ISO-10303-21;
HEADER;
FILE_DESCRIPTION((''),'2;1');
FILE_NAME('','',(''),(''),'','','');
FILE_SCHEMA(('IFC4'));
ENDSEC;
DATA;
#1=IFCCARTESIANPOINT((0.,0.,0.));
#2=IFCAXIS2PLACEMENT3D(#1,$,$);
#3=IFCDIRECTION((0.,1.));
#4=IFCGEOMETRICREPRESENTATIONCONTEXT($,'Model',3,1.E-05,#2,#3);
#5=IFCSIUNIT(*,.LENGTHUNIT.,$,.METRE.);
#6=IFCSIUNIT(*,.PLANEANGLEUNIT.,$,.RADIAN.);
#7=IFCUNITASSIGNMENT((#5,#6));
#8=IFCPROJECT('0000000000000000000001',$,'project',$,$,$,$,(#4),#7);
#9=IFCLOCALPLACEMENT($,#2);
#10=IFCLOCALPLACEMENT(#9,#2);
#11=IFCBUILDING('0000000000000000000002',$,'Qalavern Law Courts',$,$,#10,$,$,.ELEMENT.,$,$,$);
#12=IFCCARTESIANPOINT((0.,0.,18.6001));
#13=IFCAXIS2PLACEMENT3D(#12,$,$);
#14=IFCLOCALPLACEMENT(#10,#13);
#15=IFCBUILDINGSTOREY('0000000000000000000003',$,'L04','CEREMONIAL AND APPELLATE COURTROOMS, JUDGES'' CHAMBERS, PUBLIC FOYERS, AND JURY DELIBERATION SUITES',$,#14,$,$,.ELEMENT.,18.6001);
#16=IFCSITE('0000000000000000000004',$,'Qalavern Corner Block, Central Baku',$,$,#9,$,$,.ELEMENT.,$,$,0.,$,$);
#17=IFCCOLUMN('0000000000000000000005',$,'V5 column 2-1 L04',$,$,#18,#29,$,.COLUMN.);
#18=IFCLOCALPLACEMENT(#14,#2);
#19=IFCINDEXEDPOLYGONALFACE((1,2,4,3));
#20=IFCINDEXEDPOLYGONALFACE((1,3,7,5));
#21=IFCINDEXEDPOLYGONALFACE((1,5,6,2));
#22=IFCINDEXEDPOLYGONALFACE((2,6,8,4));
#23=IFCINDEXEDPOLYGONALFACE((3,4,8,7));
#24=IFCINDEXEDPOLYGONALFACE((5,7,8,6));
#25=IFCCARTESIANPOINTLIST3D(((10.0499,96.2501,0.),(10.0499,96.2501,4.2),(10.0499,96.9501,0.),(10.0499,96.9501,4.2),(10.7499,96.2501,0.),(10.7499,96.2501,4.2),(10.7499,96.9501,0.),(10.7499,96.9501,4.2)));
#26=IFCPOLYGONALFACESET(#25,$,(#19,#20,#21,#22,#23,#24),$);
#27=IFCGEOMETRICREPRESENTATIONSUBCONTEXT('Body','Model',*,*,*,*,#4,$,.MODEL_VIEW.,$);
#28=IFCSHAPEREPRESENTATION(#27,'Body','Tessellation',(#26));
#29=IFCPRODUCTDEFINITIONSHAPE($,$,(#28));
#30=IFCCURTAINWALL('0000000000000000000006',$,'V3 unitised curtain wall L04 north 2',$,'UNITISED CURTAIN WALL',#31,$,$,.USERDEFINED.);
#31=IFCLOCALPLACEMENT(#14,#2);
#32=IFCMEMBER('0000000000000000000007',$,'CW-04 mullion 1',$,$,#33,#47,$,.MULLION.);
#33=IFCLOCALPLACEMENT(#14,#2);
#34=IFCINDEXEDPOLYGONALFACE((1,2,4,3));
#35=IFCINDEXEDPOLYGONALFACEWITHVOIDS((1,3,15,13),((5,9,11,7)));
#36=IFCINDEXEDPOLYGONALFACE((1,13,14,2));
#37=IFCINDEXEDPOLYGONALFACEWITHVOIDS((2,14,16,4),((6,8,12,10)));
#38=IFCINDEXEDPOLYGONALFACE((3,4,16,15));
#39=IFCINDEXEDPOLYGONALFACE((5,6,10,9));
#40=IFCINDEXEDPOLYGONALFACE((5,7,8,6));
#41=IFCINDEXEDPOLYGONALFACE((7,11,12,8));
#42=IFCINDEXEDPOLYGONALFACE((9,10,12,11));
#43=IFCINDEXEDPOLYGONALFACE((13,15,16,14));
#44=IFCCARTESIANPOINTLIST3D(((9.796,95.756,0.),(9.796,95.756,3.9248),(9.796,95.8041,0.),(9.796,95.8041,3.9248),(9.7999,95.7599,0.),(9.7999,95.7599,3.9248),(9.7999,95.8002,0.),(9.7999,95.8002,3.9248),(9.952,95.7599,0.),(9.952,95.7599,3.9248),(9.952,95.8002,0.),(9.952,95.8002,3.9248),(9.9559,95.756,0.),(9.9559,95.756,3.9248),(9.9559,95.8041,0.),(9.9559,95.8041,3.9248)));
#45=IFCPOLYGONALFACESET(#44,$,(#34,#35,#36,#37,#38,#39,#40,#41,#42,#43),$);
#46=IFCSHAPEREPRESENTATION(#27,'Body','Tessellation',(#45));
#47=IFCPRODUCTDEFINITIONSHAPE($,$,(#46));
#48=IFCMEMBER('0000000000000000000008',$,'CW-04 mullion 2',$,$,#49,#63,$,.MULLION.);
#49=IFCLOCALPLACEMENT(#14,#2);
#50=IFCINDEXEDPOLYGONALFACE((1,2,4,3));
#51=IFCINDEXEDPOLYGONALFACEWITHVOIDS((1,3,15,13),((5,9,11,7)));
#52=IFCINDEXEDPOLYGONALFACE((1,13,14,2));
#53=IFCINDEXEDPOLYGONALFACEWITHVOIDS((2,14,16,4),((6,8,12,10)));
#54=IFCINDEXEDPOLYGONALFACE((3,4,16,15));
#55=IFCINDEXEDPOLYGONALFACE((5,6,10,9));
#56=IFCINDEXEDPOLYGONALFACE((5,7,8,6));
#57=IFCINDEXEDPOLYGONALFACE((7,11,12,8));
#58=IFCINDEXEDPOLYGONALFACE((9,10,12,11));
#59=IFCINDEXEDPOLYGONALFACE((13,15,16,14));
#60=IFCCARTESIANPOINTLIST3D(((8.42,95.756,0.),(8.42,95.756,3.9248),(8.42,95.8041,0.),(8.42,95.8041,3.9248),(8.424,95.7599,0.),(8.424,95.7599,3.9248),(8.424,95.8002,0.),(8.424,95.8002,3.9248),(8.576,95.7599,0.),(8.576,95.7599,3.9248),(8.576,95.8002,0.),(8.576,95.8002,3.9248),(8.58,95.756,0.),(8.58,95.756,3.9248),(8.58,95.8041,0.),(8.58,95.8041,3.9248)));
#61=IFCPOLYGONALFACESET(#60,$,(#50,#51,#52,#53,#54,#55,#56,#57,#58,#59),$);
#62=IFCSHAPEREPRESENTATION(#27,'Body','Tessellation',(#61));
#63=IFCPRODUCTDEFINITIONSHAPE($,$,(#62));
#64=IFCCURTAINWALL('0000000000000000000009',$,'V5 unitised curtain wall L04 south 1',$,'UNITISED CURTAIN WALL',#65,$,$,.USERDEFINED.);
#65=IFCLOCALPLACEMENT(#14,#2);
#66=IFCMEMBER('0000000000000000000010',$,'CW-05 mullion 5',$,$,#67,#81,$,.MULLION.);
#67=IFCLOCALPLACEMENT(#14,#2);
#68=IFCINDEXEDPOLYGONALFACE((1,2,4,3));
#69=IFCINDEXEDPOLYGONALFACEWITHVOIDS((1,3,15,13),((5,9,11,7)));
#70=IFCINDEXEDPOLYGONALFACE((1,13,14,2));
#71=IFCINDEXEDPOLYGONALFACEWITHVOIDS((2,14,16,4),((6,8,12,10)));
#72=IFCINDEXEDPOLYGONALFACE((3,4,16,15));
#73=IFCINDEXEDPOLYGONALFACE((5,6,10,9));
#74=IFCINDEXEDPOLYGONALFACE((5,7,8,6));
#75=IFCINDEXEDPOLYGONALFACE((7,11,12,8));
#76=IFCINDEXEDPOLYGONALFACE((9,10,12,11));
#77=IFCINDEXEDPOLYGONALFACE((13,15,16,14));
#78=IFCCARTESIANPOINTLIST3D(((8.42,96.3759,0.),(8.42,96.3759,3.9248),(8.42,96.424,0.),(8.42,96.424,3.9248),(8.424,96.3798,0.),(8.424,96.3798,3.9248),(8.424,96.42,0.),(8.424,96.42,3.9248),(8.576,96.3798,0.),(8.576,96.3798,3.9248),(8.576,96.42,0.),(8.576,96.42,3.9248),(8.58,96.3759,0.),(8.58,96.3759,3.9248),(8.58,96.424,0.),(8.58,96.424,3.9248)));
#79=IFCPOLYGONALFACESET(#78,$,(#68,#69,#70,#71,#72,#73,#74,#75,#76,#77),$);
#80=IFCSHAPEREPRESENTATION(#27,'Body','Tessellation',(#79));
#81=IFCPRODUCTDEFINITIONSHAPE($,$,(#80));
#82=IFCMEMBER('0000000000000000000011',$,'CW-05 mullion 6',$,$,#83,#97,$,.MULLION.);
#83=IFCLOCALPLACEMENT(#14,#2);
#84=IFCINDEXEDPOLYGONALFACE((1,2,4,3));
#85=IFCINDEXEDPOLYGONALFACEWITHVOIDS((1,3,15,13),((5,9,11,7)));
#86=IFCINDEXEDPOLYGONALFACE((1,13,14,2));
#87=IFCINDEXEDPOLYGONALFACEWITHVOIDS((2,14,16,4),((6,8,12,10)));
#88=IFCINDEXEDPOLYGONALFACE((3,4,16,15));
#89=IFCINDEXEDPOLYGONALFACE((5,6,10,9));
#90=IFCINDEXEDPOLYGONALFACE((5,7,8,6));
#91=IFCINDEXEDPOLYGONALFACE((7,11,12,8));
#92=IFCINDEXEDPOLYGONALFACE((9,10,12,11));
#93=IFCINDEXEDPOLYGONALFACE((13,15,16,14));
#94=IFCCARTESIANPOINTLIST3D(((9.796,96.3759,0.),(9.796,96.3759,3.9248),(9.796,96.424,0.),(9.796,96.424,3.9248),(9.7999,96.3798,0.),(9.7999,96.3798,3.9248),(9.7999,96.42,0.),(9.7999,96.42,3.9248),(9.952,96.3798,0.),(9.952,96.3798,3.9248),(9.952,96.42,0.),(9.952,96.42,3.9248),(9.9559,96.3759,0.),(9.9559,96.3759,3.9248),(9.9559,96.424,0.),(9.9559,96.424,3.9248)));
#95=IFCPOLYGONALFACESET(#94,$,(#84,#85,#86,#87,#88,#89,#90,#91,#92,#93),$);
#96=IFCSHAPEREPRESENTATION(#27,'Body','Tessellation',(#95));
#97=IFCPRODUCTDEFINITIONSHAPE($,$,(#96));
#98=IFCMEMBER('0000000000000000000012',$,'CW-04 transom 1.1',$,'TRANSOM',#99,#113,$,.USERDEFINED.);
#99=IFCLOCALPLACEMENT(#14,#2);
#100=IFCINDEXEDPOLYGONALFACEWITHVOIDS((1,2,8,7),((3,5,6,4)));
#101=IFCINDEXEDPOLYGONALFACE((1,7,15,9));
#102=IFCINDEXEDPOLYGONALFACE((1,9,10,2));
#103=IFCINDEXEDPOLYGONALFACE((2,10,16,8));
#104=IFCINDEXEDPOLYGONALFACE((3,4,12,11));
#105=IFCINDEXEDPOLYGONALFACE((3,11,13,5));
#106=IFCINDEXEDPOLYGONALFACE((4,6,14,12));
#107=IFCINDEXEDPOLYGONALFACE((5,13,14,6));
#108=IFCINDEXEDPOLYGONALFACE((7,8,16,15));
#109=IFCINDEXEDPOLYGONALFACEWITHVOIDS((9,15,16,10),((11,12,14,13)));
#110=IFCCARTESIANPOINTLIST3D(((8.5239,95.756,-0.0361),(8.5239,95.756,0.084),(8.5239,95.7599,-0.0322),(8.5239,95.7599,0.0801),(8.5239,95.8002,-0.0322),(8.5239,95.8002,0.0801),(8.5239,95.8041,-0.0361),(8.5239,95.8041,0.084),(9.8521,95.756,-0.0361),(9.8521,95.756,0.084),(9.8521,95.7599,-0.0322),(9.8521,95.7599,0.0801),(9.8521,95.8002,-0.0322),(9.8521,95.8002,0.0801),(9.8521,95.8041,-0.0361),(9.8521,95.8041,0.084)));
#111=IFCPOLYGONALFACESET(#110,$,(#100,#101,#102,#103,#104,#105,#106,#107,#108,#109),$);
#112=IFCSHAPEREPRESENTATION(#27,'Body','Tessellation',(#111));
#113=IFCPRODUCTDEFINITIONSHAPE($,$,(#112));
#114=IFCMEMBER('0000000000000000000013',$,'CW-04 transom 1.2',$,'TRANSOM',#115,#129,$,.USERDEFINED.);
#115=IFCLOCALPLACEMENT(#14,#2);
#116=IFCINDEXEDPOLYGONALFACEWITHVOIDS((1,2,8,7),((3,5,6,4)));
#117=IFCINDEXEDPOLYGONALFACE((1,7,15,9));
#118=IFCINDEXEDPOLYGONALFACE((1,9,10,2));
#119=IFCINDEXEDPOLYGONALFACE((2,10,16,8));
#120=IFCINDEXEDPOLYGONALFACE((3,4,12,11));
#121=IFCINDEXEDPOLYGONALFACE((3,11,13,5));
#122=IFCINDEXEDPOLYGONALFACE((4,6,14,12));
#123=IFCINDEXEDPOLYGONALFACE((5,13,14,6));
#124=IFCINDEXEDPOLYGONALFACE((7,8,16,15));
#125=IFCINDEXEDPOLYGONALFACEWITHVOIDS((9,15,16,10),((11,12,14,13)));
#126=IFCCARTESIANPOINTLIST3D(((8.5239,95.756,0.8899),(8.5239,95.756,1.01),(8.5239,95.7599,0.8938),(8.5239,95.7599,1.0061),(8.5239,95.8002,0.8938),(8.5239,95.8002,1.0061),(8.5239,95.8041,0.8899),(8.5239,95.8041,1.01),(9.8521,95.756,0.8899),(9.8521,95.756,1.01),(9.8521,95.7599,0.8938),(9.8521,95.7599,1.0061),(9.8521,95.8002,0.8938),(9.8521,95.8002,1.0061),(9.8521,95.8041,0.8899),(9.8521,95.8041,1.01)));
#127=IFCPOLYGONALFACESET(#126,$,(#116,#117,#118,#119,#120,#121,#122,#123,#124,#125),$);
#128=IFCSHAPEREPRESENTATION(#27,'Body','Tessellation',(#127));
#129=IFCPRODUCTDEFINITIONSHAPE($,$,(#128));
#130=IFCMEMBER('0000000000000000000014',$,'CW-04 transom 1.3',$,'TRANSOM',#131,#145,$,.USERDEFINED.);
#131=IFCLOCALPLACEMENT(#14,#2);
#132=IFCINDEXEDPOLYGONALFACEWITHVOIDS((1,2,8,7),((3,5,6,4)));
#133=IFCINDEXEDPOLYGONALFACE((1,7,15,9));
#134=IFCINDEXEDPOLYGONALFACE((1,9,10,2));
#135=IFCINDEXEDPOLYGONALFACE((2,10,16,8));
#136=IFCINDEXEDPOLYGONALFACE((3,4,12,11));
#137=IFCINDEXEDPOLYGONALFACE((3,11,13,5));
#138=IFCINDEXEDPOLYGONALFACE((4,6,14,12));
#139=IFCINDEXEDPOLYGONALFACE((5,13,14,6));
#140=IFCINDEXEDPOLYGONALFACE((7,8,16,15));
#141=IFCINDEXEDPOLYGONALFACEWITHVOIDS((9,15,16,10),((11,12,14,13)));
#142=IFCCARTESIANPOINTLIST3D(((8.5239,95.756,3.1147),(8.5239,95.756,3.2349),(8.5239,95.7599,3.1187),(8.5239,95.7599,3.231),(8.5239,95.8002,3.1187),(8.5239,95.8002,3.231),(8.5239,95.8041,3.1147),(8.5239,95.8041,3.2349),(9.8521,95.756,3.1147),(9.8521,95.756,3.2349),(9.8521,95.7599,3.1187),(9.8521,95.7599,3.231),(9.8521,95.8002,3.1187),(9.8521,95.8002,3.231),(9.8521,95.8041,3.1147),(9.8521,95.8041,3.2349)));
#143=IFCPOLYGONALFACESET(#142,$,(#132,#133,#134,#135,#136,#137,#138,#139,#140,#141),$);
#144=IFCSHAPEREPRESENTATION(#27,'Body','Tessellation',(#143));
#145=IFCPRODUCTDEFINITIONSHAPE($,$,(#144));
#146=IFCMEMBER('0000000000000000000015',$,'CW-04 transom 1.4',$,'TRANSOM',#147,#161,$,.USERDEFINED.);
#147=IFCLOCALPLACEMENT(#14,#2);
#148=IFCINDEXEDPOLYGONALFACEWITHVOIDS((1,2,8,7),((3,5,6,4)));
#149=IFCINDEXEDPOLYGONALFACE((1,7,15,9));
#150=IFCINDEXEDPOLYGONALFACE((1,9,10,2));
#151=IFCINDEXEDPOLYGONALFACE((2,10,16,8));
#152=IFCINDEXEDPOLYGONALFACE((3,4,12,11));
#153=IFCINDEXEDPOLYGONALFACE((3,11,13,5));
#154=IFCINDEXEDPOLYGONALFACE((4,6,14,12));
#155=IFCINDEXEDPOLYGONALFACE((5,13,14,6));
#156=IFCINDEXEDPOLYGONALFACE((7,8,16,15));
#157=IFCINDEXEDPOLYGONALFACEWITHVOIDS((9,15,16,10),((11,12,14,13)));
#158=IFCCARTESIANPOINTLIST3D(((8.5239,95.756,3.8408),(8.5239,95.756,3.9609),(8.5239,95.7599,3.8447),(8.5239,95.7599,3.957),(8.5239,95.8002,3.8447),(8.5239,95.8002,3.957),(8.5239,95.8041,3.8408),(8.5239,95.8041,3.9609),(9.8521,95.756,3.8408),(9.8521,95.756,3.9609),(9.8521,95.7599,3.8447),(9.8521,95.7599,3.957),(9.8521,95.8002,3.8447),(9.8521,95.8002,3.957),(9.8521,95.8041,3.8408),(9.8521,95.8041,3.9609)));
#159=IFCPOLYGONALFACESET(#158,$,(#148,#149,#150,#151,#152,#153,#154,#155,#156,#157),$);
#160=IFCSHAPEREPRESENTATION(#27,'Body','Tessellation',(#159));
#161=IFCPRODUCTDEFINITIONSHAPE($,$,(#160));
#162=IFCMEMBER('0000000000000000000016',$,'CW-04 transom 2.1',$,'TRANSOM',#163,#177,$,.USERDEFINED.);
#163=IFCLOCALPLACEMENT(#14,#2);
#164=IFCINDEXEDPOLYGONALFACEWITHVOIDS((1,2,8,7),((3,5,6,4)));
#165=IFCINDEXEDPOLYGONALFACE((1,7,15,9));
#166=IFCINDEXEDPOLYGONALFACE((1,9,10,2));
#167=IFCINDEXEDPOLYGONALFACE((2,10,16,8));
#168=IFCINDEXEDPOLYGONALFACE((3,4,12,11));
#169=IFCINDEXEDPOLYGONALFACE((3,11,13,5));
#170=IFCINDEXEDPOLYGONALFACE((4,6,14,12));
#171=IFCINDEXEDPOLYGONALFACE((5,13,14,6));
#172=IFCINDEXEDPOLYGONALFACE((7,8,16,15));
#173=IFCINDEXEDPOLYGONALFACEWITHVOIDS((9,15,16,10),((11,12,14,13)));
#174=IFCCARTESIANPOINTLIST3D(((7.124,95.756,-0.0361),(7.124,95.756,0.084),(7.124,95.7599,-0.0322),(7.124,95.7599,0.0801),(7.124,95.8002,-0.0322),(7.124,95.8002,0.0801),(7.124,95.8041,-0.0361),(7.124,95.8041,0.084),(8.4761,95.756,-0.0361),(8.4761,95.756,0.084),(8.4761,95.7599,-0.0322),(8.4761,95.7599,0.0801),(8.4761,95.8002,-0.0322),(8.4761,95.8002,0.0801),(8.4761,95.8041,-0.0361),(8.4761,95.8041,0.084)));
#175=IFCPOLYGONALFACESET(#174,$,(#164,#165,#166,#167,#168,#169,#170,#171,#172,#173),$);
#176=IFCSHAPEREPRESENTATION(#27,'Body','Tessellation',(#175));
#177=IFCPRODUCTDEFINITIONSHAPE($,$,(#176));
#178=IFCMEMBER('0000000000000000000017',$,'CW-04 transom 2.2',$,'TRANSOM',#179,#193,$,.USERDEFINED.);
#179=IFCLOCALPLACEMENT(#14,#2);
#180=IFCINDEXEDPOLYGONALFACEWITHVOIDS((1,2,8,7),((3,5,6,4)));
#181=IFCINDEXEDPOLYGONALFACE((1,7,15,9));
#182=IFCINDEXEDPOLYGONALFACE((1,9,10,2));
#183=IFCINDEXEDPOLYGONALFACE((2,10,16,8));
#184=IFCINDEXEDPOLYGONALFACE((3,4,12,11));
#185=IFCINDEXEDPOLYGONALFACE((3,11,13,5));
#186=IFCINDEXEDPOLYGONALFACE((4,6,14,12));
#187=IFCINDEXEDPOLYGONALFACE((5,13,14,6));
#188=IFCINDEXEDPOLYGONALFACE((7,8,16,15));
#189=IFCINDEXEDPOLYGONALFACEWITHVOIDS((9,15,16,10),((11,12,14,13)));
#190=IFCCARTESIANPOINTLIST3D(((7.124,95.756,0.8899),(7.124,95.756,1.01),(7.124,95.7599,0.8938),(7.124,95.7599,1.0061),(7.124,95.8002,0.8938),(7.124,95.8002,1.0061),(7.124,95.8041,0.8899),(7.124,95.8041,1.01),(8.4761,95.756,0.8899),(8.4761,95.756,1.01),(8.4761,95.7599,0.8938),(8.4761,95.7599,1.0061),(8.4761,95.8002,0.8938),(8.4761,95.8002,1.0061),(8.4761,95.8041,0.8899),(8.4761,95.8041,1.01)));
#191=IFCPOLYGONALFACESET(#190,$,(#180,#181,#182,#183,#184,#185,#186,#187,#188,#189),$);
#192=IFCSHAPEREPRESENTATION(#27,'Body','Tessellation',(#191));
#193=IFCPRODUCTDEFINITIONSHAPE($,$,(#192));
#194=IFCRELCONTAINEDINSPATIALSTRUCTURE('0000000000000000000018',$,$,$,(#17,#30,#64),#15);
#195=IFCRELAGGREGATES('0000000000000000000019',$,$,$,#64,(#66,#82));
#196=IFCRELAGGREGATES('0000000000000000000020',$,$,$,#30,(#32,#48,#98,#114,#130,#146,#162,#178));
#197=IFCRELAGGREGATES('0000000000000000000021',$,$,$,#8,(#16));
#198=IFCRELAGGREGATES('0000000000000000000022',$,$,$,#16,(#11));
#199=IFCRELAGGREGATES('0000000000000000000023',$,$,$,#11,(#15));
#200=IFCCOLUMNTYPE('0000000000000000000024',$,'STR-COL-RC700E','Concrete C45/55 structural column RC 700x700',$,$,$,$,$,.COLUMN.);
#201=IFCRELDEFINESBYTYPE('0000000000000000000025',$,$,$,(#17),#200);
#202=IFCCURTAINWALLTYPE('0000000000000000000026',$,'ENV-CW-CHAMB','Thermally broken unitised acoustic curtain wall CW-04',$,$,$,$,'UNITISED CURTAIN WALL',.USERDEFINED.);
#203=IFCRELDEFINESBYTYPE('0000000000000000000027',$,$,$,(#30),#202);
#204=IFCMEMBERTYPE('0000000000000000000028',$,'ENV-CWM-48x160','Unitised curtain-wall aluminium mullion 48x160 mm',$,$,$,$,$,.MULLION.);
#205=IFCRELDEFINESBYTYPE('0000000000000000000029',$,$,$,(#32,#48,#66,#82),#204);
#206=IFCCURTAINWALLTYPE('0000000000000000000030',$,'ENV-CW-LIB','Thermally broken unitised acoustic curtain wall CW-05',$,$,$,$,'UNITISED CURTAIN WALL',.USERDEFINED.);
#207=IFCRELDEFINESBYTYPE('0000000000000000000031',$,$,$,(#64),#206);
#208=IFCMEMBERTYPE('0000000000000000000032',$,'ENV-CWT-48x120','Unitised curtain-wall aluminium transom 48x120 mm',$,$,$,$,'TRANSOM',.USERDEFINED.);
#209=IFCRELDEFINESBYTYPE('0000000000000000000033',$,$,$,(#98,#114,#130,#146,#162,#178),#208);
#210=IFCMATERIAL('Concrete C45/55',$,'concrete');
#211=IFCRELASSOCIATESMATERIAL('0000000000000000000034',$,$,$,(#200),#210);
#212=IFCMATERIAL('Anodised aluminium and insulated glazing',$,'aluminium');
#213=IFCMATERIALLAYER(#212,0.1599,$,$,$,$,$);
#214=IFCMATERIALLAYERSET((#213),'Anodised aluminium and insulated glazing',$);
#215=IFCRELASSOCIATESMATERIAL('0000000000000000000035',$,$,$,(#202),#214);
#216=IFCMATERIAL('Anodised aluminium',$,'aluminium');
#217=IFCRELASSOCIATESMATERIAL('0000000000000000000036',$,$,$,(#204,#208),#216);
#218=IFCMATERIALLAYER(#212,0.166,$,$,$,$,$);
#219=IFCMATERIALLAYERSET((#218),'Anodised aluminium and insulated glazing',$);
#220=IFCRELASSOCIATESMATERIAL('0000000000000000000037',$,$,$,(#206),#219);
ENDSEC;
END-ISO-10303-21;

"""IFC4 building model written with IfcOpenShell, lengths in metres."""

from ifc_helpers import new_model, si_unit, direction, frame, origin, origin_2d, place, context, subcontext, project, spatial, rectangle, hollow_rectangle, extrude, material, layer, layer_set, material_profile, profile_set, type_object, element, aggregate, save


model = new_model("IFC4")

# Units and contexts
model_context = context("Model", 3, precision=1e-05, world=origin(), true_north=direction((0.0, 1.0)))
body_context = subcontext(model_context, "Body", "Model", "MODEL_VIEW")
ifc_project = project(units=[si_unit("LENGTHUNIT", "METRE"), si_unit("PLANEANGLEUNIT", "RADIAN")], contexts=[model_context])

# Site, building, storey
site_placement = place(None, origin())
site = spatial("IfcSite", under=ifc_project, at=site_placement, Name="Qalavern Corner Block, Central Baku", CompositionType="ELEMENT", RefElevation=0.0)
building_placement = place(site_placement, origin())
building = spatial("IfcBuilding", under=site, at=building_placement, Name="Qalavern Law Courts", CompositionType="ELEMENT")
storey_placement = place(building_placement, frame((0.0, 0.0, 18.6001)))
storey = spatial("IfcBuildingStorey", under=building, at=storey_placement, Name="L04", Description="CEREMONIAL AND APPELLATE COURTROOMS, JUDGES' CHAMBERS, PUBLIC FOYERS, AND JURY DELIBERATION SUITES", CompositionType="ELEMENT", Elevation=18.6001)

# Column
ifc_material_1 = material(Name="Concrete C45/55", Category="concrete")
ifc_material_profile_1 = material_profile(ifc_material_1, rectangle(XDim=0.7, YDim=0.7, at=origin_2d()), Name="RC 700x700")
ifc_profile_set_1 = profile_set([ifc_material_profile_1], Name="Concrete C45/55")
column_type = type_object("IfcColumnType", Name="STR-COL-RC700E", Description="Concrete C45/55 structural column RC 700x700", PredefinedType="COLUMN", material=ifc_profile_set_1)
column_placement = place(storey_placement, frame((10.3999, 96.6001, 0.0), z_axis=(0.0, 0.0, 1.0), x_axis=(1.0, 0.0, 0.0)))
element("IfcColumn", 1, at=column_placement, inside=storey, type_object=column_type, Name="V5 column 2-1 L04", PredefinedType="COLUMN", context=body_context, shape_type="SweptSolid", body=[
    extrude(rectangle(XDim=0.7, YDim=0.7, at=origin_2d()), origin(), (0.0, 0.0, 1.0), 4.2),
])

# Curtain walls, members
ifc_material_2 = material(Name="Anodised aluminium and insulated glazing", Category="aluminium")
ifc_layer_1 = layer(ifc_material_2, 0.1599)
ifc_layer_set_1 = layer_set([ifc_layer_1], Name="Anodised aluminium and insulated glazing")
curtain_wall_type_1 = type_object("IfcCurtainWallType", Name="ENV-CW-CHAMB", Description="Thermally broken unitised acoustic curtain wall CW-04", ElementType="UNITISED CURTAIN WALL", PredefinedType="USERDEFINED", material=ifc_layer_set_1)
curtain_wall_1_placement = place(storey_placement, origin())
curtain_wall_1 = element("IfcCurtainWall", 2, at=curtain_wall_1_placement, inside=storey, type_object=curtain_wall_type_1, Name="V3 unitised curtain wall L04 north 2", ObjectType="UNITISED CURTAIN WALL", PredefinedType="USERDEFINED")
ifc_material_3 = material(Name="Anodised aluminium", Category="aluminium")
ifc_material_profile_2 = material_profile(ifc_material_3, hollow_rectangle(XDim=0.0481, YDim=0.1599, WallThickness=0.0039, at=origin_2d()), Name="ALU MULLION 48x160")
ifc_profile_set_2 = profile_set([ifc_material_profile_2], Name="Anodised aluminium")
member_type_1 = type_object("IfcMemberType", Name="ENV-CWM-48x160", Description="Unitised curtain-wall aluminium mullion 48x160 mm", PredefinedType="MULLION", material=ifc_profile_set_2)
member_1_placement = place(storey_placement, frame((9.876, 95.78, 0.0), z_axis=(0.0, 0.0, 1.0), x_axis=(0.0, -1.0, 0.0)))
member_1 = element("IfcMember", 3, at=member_1_placement, type_object=member_type_1, Name="CW-04 mullion 1", PredefinedType="MULLION", context=body_context, shape_type="SweptSolid", body=[
    extrude(hollow_rectangle(XDim=0.0481, YDim=0.1599, WallThickness=0.0039, at=origin_2d()), origin(), (0.0, 0.0, 1.0), 3.9248),
])
member_2_placement = place(storey_placement, frame((8.5, 95.78, 0.0), z_axis=(0.0, 0.0, 1.0), x_axis=(0.0, -1.0, 0.0)))
member_2 = element("IfcMember", 4, at=member_2_placement, type_object=member_type_1, Name="CW-04 mullion 2", PredefinedType="MULLION", context=body_context, shape_type="SweptSolid", body=[
    extrude(hollow_rectangle(XDim=0.0481, YDim=0.1599, WallThickness=0.0039, at=origin_2d()), origin(), (0.0, 0.0, 1.0), 3.9248),
])
ifc_layer_2 = layer(ifc_material_2, 0.166)
ifc_layer_set_2 = layer_set([ifc_layer_2], Name="Anodised aluminium and insulated glazing")
curtain_wall_type_2 = type_object("IfcCurtainWallType", Name="ENV-CW-LIB", Description="Thermally broken unitised acoustic curtain wall CW-05", ElementType="UNITISED CURTAIN WALL", PredefinedType="USERDEFINED", material=ifc_layer_set_2)
curtain_wall_2_placement = place(storey_placement, origin())
curtain_wall_2 = element("IfcCurtainWall", 5, at=curtain_wall_2_placement, inside=storey, type_object=curtain_wall_type_2, Name="V5 unitised curtain wall L04 south 1", ObjectType="UNITISED CURTAIN WALL", PredefinedType="USERDEFINED")
member_3_placement = place(storey_placement, frame((8.5, 96.3999, 0.0), z_axis=(0.0, 0.0, 1.0), x_axis=(0.0, 1.0, 0.0)))
member_3 = element("IfcMember", 6, at=member_3_placement, type_object=member_type_1, Name="CW-05 mullion 5", PredefinedType="MULLION", context=body_context, shape_type="SweptSolid", body=[
    extrude(hollow_rectangle(XDim=0.0481, YDim=0.1599, WallThickness=0.0039, at=origin_2d()), origin(), (0.0, 0.0, 1.0), 3.9248),
])
member_4_placement = place(storey_placement, frame((9.876, 96.3999, 0.0), z_axis=(0.0, 0.0, 1.0), x_axis=(0.0, 1.0, 0.0)))
member_4 = element("IfcMember", 7, at=member_4_placement, type_object=member_type_1, Name="CW-05 mullion 6", PredefinedType="MULLION", context=body_context, shape_type="SweptSolid", body=[
    extrude(hollow_rectangle(XDim=0.0481, YDim=0.1599, WallThickness=0.0039, at=origin_2d()), origin(), (0.0, 0.0, 1.0), 3.9248),
])

# Members
ifc_material_profile_3 = material_profile(ifc_material_3, hollow_rectangle(XDim=0.0481, YDim=0.1201, WallThickness=0.0039, at=origin_2d()), Name="ALU TRANSOM 48x120")
ifc_profile_set_3 = profile_set([ifc_material_profile_3], Name="Anodised aluminium")
member_type_2 = type_object("IfcMemberType", Name="ENV-CWT-48x120", Description="Unitised curtain-wall aluminium transom 48x120 mm", ElementType="TRANSOM", PredefinedType="USERDEFINED", material=ifc_profile_set_3)
member_5_placement = place(storey_placement, frame((9.8521, 95.78, 0.0239), z_axis=(-1.0, 0.0, 0.0), x_axis=(0.0, -1.0, 0.0)))
member_5 = element("IfcMember", 8, at=member_5_placement, type_object=member_type_2, Name="CW-04 transom 1.1", ObjectType="TRANSOM", PredefinedType="USERDEFINED", context=body_context, shape_type="SweptSolid", body=[
    extrude(hollow_rectangle(XDim=0.0481, YDim=0.1201, WallThickness=0.0039, at=origin_2d()), origin(), (0.0, 0.0, 1.0), 1.3281),
])
member_6_placement = place(storey_placement, frame((9.8521, 95.78, 0.95), z_axis=(-1.0, 0.0, 0.0), x_axis=(0.0, -1.0, 0.0)))
member_6 = element("IfcMember", 9, at=member_6_placement, type_object=member_type_2, Name="CW-04 transom 1.2", ObjectType="TRANSOM", PredefinedType="USERDEFINED", context=body_context, shape_type="SweptSolid", body=[
    extrude(hollow_rectangle(XDim=0.0481, YDim=0.1201, WallThickness=0.0039, at=origin_2d()), origin(), (0.0, 0.0, 1.0), 1.3281),
])
member_7_placement = place(storey_placement, frame((9.8521, 95.78, 3.1748), z_axis=(-1.0, 0.0, 0.0), x_axis=(0.0, -1.0, 0.0)))
member_7 = element("IfcMember", 10, at=member_7_placement, type_object=member_type_2, Name="CW-04 transom 1.3", ObjectType="TRANSOM", PredefinedType="USERDEFINED", context=body_context, shape_type="SweptSolid", body=[
    extrude(hollow_rectangle(XDim=0.0481, YDim=0.1201, WallThickness=0.0039, at=origin_2d()), origin(), (0.0, 0.0, 1.0), 1.3281),
])
member_8_placement = place(storey_placement, frame((9.8521, 95.78, 3.9009), z_axis=(-1.0, 0.0, 0.0), x_axis=(0.0, -1.0, 0.0)))
member_8 = element("IfcMember", 11, at=member_8_placement, type_object=member_type_2, Name="CW-04 transom 1.4", ObjectType="TRANSOM", PredefinedType="USERDEFINED", context=body_context, shape_type="SweptSolid", body=[
    extrude(hollow_rectangle(XDim=0.0481, YDim=0.1201, WallThickness=0.0039, at=origin_2d()), origin(), (0.0, 0.0, 1.0), 1.3281),
])
member_9_placement = place(storey_placement, frame((8.4761, 95.78, 0.0239), z_axis=(-1.0, 0.0, 0.0), x_axis=(0.0, -1.0, 0.0)))
member_9 = element("IfcMember", 12, at=member_9_placement, type_object=member_type_2, Name="CW-04 transom 2.1", ObjectType="TRANSOM", PredefinedType="USERDEFINED", context=body_context, shape_type="SweptSolid", body=[
    extrude(hollow_rectangle(XDim=0.0481, YDim=0.1201, WallThickness=0.0039, at=origin_2d()), origin(), (0.0, 0.0, 1.0), 1.3521),
])
member_10_placement = place(storey_placement, frame((8.4761, 95.78, 0.95), z_axis=(-1.0, 0.0, 0.0), x_axis=(0.0, -1.0, 0.0)))
member_10 = element("IfcMember", 13, at=member_10_placement, type_object=member_type_2, Name="CW-04 transom 2.2", ObjectType="TRANSOM", PredefinedType="USERDEFINED", context=body_context, shape_type="SweptSolid", body=[
    extrude(hollow_rectangle(XDim=0.0481, YDim=0.1201, WallThickness=0.0039, at=origin_2d()), origin(), (0.0, 0.0, 1.0), 1.3521),
])

aggregate(curtain_wall_2, [member_3, member_4])
aggregate(curtain_wall_1, [member_1, member_2, member_5, member_6, member_7, member_8, member_9, member_10])

save(model, "model.ifc")
